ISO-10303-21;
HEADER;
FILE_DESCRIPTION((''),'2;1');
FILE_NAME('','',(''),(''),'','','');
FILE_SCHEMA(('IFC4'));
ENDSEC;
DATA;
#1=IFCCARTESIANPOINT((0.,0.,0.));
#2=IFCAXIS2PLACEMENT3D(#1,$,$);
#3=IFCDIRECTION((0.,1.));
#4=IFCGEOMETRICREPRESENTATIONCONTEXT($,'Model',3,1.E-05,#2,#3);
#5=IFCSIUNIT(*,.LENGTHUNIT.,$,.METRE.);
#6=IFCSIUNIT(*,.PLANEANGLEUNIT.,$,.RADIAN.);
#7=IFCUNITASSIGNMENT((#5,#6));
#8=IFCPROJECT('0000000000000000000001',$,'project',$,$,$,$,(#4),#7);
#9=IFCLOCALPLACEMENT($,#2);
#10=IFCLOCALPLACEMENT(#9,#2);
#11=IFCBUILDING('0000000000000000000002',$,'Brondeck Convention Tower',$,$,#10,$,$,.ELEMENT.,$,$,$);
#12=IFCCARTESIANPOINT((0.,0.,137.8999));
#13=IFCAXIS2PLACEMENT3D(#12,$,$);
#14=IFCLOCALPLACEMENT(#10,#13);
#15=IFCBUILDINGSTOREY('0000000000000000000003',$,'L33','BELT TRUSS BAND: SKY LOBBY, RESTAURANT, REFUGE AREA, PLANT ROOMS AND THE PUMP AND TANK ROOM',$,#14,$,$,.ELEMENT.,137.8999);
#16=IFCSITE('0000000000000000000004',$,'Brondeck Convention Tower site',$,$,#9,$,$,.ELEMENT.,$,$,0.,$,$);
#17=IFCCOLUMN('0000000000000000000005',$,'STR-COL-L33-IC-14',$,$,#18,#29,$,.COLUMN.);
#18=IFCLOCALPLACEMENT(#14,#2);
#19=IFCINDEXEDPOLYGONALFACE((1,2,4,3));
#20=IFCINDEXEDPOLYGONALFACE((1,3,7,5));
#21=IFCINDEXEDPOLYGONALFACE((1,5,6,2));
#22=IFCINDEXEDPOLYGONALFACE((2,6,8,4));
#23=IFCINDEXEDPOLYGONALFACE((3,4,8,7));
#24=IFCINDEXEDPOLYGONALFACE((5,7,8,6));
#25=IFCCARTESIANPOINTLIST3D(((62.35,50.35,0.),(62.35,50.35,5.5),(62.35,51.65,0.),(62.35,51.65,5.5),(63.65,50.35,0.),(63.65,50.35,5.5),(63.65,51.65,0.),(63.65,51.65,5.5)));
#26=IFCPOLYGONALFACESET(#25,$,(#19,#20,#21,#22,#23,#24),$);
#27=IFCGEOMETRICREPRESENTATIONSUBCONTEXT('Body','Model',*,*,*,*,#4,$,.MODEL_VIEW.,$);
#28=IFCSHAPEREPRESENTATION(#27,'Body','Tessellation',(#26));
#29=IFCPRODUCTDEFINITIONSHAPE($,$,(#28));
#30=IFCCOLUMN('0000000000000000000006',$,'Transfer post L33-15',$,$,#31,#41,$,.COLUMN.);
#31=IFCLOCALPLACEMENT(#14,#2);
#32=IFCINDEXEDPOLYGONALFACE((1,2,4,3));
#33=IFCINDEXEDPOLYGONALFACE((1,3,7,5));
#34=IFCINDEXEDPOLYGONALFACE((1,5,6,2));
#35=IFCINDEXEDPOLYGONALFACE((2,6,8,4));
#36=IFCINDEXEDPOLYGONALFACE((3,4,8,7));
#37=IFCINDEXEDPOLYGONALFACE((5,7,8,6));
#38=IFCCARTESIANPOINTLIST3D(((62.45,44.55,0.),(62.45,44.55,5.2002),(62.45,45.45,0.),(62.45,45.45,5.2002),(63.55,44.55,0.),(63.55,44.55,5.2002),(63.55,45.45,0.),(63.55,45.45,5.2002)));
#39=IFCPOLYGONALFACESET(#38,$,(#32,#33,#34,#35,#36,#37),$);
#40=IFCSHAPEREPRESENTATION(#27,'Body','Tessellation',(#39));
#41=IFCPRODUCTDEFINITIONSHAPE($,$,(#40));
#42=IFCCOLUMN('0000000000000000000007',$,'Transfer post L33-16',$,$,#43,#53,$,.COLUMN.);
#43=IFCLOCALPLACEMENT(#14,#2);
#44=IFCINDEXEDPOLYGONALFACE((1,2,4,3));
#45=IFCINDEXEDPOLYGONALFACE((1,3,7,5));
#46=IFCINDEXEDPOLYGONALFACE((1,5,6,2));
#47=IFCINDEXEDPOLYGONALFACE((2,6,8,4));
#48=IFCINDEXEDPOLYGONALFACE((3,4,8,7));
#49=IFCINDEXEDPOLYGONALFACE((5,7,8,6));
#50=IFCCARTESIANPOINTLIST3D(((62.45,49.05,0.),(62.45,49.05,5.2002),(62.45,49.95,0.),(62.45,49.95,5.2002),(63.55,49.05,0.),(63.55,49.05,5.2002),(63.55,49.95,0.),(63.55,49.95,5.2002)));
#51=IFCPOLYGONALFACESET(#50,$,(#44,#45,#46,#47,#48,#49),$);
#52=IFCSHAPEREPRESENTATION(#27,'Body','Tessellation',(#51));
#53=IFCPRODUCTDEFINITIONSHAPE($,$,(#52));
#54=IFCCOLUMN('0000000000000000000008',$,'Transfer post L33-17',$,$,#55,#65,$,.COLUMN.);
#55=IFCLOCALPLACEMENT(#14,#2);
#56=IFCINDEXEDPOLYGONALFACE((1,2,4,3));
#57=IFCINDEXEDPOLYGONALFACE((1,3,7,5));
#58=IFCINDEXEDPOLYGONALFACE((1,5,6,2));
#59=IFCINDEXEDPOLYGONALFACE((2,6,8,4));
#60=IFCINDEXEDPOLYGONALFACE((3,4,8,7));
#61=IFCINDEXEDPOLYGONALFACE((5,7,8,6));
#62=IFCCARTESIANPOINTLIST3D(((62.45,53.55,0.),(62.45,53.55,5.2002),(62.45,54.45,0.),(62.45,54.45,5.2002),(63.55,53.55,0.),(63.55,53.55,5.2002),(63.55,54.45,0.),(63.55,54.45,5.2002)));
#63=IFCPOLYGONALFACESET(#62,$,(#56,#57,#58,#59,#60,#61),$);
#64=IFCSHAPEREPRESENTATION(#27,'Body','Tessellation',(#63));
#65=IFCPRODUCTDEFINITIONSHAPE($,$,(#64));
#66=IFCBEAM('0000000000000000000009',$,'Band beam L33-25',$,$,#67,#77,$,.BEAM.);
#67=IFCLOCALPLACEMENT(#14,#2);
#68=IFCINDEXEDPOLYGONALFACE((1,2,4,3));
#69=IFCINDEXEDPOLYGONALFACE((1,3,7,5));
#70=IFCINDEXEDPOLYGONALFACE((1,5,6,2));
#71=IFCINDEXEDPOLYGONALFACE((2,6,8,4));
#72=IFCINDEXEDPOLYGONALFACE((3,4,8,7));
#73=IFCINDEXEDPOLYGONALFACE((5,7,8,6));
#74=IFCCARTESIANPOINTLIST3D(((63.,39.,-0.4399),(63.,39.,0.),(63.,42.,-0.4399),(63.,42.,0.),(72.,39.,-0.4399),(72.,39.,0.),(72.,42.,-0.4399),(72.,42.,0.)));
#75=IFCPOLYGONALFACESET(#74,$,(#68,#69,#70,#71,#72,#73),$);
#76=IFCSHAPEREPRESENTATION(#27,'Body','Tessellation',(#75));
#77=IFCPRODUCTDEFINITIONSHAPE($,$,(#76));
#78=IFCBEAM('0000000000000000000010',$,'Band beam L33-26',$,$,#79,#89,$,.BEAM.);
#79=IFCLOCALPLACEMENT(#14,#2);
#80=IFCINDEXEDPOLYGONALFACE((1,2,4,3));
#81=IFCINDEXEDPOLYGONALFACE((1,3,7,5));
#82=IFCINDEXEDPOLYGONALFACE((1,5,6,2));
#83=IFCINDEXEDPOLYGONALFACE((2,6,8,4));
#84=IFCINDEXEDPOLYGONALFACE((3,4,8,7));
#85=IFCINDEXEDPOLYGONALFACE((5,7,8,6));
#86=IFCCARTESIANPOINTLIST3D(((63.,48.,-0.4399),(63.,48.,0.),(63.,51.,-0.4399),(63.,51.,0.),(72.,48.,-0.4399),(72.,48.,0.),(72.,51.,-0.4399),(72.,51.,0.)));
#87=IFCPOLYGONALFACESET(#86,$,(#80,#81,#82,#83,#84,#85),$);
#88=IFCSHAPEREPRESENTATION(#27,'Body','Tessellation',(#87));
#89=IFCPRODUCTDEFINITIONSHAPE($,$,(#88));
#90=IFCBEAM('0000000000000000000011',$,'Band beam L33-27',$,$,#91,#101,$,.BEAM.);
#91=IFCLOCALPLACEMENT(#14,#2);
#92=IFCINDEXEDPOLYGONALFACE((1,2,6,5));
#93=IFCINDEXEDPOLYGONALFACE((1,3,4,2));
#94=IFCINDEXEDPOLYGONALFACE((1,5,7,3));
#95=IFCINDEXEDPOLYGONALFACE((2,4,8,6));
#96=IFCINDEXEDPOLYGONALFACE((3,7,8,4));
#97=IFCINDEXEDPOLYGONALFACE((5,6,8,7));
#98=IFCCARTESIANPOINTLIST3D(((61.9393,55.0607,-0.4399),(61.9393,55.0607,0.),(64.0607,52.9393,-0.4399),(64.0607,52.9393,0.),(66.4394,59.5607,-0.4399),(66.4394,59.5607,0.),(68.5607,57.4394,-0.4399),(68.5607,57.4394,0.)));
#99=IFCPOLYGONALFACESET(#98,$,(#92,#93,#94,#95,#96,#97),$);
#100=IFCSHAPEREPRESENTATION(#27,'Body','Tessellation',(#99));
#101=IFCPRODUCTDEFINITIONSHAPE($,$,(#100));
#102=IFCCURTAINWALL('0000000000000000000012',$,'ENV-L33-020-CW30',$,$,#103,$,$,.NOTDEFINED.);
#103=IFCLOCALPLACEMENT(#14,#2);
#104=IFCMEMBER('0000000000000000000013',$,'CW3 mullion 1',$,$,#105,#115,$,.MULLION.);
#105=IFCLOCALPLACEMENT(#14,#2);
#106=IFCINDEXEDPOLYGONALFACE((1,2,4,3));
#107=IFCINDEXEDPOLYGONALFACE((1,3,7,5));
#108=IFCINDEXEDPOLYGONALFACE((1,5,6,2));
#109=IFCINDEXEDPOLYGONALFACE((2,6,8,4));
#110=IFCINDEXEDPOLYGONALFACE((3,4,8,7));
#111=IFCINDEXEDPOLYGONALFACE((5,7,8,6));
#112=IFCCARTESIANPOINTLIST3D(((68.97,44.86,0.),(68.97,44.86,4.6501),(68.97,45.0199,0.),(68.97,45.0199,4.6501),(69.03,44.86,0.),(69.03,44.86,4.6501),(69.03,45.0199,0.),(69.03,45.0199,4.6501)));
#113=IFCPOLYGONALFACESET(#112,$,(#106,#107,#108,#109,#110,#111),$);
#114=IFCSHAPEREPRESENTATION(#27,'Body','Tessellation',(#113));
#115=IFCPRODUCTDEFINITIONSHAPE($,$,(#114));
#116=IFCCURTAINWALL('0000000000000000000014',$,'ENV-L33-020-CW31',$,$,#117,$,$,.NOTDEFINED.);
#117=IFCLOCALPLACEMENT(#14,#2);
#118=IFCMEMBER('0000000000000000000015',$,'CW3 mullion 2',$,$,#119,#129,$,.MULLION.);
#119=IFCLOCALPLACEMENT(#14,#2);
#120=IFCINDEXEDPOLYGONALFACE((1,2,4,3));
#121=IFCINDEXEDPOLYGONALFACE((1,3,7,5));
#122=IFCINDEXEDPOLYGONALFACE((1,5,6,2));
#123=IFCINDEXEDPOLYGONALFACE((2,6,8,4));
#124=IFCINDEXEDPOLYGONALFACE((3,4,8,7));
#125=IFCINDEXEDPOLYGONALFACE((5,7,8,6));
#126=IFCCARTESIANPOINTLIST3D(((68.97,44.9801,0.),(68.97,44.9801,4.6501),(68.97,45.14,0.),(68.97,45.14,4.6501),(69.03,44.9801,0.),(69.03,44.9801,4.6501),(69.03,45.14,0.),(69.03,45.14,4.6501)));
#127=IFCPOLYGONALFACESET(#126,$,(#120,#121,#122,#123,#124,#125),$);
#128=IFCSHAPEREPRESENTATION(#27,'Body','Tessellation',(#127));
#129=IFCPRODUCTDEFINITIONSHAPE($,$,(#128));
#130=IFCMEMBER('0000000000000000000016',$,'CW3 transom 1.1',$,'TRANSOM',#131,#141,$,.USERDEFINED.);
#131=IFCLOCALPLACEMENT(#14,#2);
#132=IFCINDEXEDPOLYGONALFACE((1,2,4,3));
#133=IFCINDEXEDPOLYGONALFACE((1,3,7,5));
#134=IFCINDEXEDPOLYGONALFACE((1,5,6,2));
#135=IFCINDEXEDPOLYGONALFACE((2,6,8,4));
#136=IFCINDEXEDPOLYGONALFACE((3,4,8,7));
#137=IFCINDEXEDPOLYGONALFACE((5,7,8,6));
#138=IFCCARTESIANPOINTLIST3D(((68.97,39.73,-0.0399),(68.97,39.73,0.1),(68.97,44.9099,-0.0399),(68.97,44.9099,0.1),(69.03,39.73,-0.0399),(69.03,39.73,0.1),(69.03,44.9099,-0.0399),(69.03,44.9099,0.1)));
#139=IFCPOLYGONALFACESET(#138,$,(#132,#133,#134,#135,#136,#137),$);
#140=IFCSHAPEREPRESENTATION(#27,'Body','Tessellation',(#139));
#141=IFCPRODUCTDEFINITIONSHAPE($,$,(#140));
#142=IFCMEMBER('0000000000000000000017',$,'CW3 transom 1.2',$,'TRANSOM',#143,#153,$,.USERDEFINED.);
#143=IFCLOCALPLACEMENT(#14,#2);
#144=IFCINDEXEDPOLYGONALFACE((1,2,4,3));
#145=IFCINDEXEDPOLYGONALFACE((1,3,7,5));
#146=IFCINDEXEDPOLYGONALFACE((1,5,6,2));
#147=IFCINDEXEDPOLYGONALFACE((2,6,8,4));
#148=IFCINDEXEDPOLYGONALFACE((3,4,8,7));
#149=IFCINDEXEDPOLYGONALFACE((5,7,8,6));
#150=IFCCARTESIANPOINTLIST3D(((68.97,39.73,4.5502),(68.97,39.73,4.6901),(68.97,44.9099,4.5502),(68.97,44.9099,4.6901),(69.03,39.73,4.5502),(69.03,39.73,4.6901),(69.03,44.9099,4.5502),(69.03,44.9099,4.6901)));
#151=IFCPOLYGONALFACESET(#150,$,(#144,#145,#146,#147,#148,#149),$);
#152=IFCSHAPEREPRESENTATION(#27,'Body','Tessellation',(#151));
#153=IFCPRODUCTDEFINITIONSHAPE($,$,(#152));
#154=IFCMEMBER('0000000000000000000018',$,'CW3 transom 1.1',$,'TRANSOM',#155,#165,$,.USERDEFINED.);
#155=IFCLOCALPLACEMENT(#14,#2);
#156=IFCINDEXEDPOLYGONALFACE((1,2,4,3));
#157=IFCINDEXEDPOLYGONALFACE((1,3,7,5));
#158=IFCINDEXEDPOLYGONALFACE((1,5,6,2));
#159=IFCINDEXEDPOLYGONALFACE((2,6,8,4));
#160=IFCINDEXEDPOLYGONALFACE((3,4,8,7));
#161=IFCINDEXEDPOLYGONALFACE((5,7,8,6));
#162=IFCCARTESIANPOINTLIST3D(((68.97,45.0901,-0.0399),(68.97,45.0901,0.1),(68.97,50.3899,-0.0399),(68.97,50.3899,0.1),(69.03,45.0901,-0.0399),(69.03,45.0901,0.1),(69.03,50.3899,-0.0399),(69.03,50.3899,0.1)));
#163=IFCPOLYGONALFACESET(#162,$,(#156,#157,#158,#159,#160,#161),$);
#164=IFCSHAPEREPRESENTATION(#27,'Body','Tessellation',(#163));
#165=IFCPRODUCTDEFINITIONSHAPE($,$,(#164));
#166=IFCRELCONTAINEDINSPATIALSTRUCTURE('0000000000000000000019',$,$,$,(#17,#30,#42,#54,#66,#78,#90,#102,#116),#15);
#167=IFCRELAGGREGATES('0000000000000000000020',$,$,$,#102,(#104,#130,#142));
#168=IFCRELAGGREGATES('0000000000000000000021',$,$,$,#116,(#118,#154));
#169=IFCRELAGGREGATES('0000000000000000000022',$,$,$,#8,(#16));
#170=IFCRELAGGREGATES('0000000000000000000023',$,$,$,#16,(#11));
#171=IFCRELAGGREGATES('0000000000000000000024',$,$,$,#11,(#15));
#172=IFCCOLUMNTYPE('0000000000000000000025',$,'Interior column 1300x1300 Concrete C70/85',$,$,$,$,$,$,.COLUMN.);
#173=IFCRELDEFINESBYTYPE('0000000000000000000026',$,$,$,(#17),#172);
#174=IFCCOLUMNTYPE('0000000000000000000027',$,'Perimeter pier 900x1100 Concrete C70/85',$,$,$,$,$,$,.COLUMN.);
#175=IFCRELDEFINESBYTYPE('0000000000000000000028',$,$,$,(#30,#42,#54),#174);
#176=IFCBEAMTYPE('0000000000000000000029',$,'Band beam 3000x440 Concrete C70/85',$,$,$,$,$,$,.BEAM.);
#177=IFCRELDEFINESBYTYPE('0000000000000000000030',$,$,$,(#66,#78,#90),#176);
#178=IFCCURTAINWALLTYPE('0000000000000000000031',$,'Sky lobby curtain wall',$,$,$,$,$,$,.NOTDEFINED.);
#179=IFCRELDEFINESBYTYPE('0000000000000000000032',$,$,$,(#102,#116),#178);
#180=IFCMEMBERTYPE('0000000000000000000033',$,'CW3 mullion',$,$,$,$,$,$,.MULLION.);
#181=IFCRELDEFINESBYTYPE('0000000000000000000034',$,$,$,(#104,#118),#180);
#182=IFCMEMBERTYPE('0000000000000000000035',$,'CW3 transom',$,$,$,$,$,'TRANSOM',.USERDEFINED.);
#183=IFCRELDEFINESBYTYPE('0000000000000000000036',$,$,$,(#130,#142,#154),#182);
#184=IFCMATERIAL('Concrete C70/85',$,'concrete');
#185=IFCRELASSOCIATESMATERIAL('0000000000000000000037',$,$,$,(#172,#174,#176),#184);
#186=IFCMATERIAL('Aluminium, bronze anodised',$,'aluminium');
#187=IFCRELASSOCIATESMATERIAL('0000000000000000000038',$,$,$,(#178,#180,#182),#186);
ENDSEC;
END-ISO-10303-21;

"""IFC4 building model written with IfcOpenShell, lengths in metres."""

from ifc_helpers import new_model, si_unit, direction, frame, origin, origin_2d, place, context, subcontext, project, spatial, rectangle, extrude, material, material_profile, profile_set, type_object, element, aggregate, save


model = new_model("IFC4")

# Units and contexts
model_context = context("Model", 3, precision=1e-05, world=origin(), true_north=direction((0.0, 1.0)))
body_context = subcontext(model_context, "Body", "Model", "MODEL_VIEW")
ifc_project = project(units=[si_unit("LENGTHUNIT", "METRE"), si_unit("PLANEANGLEUNIT", "RADIAN")], contexts=[model_context])

# Site, building, storey
site_placement = place(None, origin())
site = spatial("IfcSite", under=ifc_project, at=site_placement, Name="Brondeck Convention Tower site", CompositionType="ELEMENT", RefElevation=0.0)
building_placement = place(site_placement, origin())
building = spatial("IfcBuilding", under=site, at=building_placement, Name="Brondeck Convention Tower", CompositionType="ELEMENT")
storey_placement = place(building_placement, frame((0.0, 0.0, 137.8999)))
storey = spatial("IfcBuildingStorey", under=building, at=storey_placement, Name="L33", Description="BELT TRUSS BAND: SKY LOBBY, RESTAURANT, REFUGE AREA, PLANT ROOMS AND THE PUMP AND TANK ROOM", CompositionType="ELEMENT", Elevation=137.8999)

# Columns
ifc_material_1 = material(Name="Concrete C70/85", Category="concrete")
ifc_material_profile_1 = material_profile(ifc_material_1, rectangle(XDim=1.3, YDim=1.3, at=origin_2d()), Name="Interior column 1300x1300 Concrete C70/85")
ifc_profile_set_1 = profile_set([ifc_material_profile_1], Name="Concrete C70/85")
column_type_1 = type_object("IfcColumnType", Name="Interior column 1300x1300 Concrete C70/85", PredefinedType="COLUMN", material=ifc_profile_set_1)
column_placement = place(storey_placement, frame((63.0, 51.0, 0.0), z_axis=(0.0, 0.0, 1.0), x_axis=(1.0, 0.0, 0.0)))
element("IfcColumn", 1, at=column_placement, inside=storey, type_object=column_type_1, Name="STR-COL-L33-IC-14", PredefinedType="COLUMN", context=body_context, shape_type="SweptSolid", body=[
    extrude(rectangle(XDim=1.3, YDim=1.3, at=origin_2d()), origin(), (0.0, 0.0, 1.0), 5.5),
])
ifc_material_profile_2 = material_profile(ifc_material_1, rectangle(XDim=0.8999, YDim=1.1001, at=origin_2d()), Name="Perimeter pier 900x1100 Concrete C70/85")
ifc_profile_set_2 = profile_set([ifc_material_profile_2], Name="Concrete C70/85")
column_type_2 = type_object("IfcColumnType", Name="Perimeter pier 900x1100 Concrete C70/85", PredefinedType="COLUMN", material=ifc_profile_set_2)
for number, where, z_axis, x_axis, name in (
    (2, (63.0, 45.0, 0.0), (0.0, 0.0, 1.0), (0.0, 1.0, 0.0), "Transfer post L33-15"),
    (3, (63.0, 49.5, 0.0), (0.0, 0.0, 1.0), (0.0, 1.0, 0.0), "Transfer post L33-16"),
    (4, (63.0, 54.0, 0.0), (0.0, 0.0, 1.0), (0.0, 1.0, 0.0), "Transfer post L33-17"),
):
    element("IfcColumn", number, at=place(storey_placement, frame(where, z_axis=z_axis, x_axis=x_axis)), inside=storey, type_object=column_type_2, Name=name, PredefinedType="COLUMN", context=body_context, shape_type="SweptSolid", body=[
        extrude(rectangle(XDim=0.8999, YDim=1.1001, at=origin_2d()), origin(), (0.0, 0.0, 1.0), 5.2002),
    ])

# Beams
ifc_material_profile_3 = material_profile(ifc_material_1, rectangle(XDim=3.0, YDim=0.4399, at=origin_2d()), Name="Band beam 3000x440 Concrete C70/85")
ifc_profile_set_3 = profile_set([ifc_material_profile_3], Name="Concrete C70/85")
beam_type_1 = type_object("IfcBeamType", Name="Band beam 3000x440 Concrete C70/85", PredefinedType="BEAM", material=ifc_profile_set_3)
for number, where, z_axis, x_axis, name in (
    (5, (63.0, 40.5, -0.22), (1.0, 0.0, 0.0), (0.0, 1.0, 0.0), "Band beam L33-25"),
    (6, (63.0, 49.5, -0.22), (1.0, 0.0, 0.0), (0.0, 1.0, 0.0), "Band beam L33-26"),
):
    element("IfcBeam", number, at=place(storey_placement, frame(where, z_axis=z_axis, x_axis=x_axis)), inside=storey, type_object=beam_type_1, Name=name, PredefinedType="BEAM", context=body_context, shape_type="SweptSolid", body=[
        extrude(rectangle(XDim=3.0, YDim=0.4399, at=origin_2d()), origin(), (0.0, 0.0, 1.0), 9.0),
    ])
beam_1_placement = place(storey_placement, frame((63.0, 54.0, -0.22), z_axis=(0.707107, 0.707107, 0.0), x_axis=(-0.707107, 0.707107, 0.0)))
element("IfcBeam", 7, at=beam_1_placement, inside=storey, type_object=beam_type_1, Name="Band beam L33-27", PredefinedType="BEAM", context=body_context, shape_type="SweptSolid", body=[
    extrude(rectangle(XDim=3.0, YDim=0.4399, at=origin_2d()), origin(), (0.0, 0.0, 1.0), 6.364),
])

# Curtain walls, members
ifc_material_2 = material(Name="Aluminium, bronze anodised", Category="aluminium")
curtain_wall_type = type_object("IfcCurtainWallType", Name="Sky lobby curtain wall", PredefinedType="NOTDEFINED", material=ifc_material_2)
curtain_wall_1_placement = place(storey_placement, origin())
curtain_wall_1 = element("IfcCurtainWall", 8, at=curtain_wall_1_placement, inside=storey, type_object=curtain_wall_type, Name="ENV-L33-020-CW30", PredefinedType="NOTDEFINED")
ifc_material_profile_4 = material_profile(ifc_material_2, rectangle(XDim=0.0601, YDim=0.1599, at=origin_2d()), Name="CW3 mullion")
ifc_profile_set_4 = profile_set([ifc_material_profile_4], Name="Aluminium, bronze anodised")
member_type_1 = type_object("IfcMemberType", Name="CW3 mullion", PredefinedType="MULLION", material=ifc_profile_set_4)
member_1_placement = place(storey_placement, frame((69.0, 44.9399, 0.0), z_axis=(0.0, 0.0, 1.0), x_axis=(1.0, 0.0, 0.0)))
member_1 = element("IfcMember", 9, at=member_1_placement, type_object=member_type_1, Name="CW3 mullion 1", PredefinedType="MULLION", context=body_context, shape_type="SweptSolid", body=[
    extrude(rectangle(XDim=0.0601, YDim=0.1599, at=origin_2d()), origin(), (0.0, 0.0, 1.0), 4.6501),
])
curtain_wall_2_placement = place(storey_placement, origin())
curtain_wall_2 = element("IfcCurtainWall", 10, at=curtain_wall_2_placement, inside=storey, type_object=curtain_wall_type, Name="ENV-L33-020-CW31", PredefinedType="NOTDEFINED")
member_2_placement = place(storey_placement, frame((69.0, 45.0601, 0.0), z_axis=(0.0, 0.0, 1.0), x_axis=(1.0, 0.0, 0.0)))
member_2 = element("IfcMember", 11, at=member_2_placement, type_object=member_type_1, Name="CW3 mullion 2", PredefinedType="MULLION", context=body_context, shape_type="SweptSolid", body=[
    extrude(rectangle(XDim=0.0601, YDim=0.1599, at=origin_2d()), origin(), (0.0, 0.0, 1.0), 4.6501),
])

# Members
ifc_material_profile_5 = material_profile(ifc_material_2, rectangle(XDim=0.0601, YDim=0.1399, at=origin_2d()), Name="CW3 transom")
ifc_profile_set_5 = profile_set([ifc_material_profile_5], Name="Aluminium, bronze anodised")
member_type_2 = type_object("IfcMemberType", Name="CW3 transom", ElementType="TRANSOM", PredefinedType="USERDEFINED", material=ifc_profile_set_5)
member_3_placement = place(storey_placement, frame((69.0, 44.9099, 0.03), z_axis=(0.0, -1.0, 0.0), x_axis=(1.0, 0.0, 0.0)))
member_3 = element("IfcMember", 12, at=member_3_placement, type_object=member_type_2, Name="CW3 transom 1.1", ObjectType="TRANSOM", PredefinedType="USERDEFINED", context=body_context, shape_type="SweptSolid", body=[
    extrude(rectangle(XDim=0.0601, YDim=0.1399, at=origin_2d()), origin(), (0.0, 0.0, 1.0), 5.1799),
])
member_4_placement = place(storey_placement, frame((69.0, 44.9099, 4.6201), z_axis=(0.0, -1.0, 0.0), x_axis=(1.0, 0.0, 0.0)))
member_4 = element("IfcMember", 13, at=member_4_placement, type_object=member_type_2, Name="CW3 transom 1.2", ObjectType="TRANSOM", PredefinedType="USERDEFINED", context=body_context, shape_type="SweptSolid", body=[
    extrude(rectangle(XDim=0.0601, YDim=0.1399, at=origin_2d()), origin(), (0.0, 0.0, 1.0), 5.1799),
])
member_5_placement = place(storey_placement, frame((69.0, 50.3899, 0.03), z_axis=(0.0, -1.0, 0.0), x_axis=(1.0, 0.0, 0.0)))
member_5 = element("IfcMember", 14, at=member_5_placement, type_object=member_type_2, Name="CW3 transom 1.1", ObjectType="TRANSOM", PredefinedType="USERDEFINED", context=body_context, shape_type="SweptSolid", body=[
    extrude(rectangle(XDim=0.0601, YDim=0.1399, at=origin_2d()), origin(), (0.0, 0.0, 1.0), 5.2998),
])

aggregate(curtain_wall_1, [member_1, member_3, member_4])
aggregate(curtain_wall_2, [member_2, member_5])

save(model, "model.ifc")
